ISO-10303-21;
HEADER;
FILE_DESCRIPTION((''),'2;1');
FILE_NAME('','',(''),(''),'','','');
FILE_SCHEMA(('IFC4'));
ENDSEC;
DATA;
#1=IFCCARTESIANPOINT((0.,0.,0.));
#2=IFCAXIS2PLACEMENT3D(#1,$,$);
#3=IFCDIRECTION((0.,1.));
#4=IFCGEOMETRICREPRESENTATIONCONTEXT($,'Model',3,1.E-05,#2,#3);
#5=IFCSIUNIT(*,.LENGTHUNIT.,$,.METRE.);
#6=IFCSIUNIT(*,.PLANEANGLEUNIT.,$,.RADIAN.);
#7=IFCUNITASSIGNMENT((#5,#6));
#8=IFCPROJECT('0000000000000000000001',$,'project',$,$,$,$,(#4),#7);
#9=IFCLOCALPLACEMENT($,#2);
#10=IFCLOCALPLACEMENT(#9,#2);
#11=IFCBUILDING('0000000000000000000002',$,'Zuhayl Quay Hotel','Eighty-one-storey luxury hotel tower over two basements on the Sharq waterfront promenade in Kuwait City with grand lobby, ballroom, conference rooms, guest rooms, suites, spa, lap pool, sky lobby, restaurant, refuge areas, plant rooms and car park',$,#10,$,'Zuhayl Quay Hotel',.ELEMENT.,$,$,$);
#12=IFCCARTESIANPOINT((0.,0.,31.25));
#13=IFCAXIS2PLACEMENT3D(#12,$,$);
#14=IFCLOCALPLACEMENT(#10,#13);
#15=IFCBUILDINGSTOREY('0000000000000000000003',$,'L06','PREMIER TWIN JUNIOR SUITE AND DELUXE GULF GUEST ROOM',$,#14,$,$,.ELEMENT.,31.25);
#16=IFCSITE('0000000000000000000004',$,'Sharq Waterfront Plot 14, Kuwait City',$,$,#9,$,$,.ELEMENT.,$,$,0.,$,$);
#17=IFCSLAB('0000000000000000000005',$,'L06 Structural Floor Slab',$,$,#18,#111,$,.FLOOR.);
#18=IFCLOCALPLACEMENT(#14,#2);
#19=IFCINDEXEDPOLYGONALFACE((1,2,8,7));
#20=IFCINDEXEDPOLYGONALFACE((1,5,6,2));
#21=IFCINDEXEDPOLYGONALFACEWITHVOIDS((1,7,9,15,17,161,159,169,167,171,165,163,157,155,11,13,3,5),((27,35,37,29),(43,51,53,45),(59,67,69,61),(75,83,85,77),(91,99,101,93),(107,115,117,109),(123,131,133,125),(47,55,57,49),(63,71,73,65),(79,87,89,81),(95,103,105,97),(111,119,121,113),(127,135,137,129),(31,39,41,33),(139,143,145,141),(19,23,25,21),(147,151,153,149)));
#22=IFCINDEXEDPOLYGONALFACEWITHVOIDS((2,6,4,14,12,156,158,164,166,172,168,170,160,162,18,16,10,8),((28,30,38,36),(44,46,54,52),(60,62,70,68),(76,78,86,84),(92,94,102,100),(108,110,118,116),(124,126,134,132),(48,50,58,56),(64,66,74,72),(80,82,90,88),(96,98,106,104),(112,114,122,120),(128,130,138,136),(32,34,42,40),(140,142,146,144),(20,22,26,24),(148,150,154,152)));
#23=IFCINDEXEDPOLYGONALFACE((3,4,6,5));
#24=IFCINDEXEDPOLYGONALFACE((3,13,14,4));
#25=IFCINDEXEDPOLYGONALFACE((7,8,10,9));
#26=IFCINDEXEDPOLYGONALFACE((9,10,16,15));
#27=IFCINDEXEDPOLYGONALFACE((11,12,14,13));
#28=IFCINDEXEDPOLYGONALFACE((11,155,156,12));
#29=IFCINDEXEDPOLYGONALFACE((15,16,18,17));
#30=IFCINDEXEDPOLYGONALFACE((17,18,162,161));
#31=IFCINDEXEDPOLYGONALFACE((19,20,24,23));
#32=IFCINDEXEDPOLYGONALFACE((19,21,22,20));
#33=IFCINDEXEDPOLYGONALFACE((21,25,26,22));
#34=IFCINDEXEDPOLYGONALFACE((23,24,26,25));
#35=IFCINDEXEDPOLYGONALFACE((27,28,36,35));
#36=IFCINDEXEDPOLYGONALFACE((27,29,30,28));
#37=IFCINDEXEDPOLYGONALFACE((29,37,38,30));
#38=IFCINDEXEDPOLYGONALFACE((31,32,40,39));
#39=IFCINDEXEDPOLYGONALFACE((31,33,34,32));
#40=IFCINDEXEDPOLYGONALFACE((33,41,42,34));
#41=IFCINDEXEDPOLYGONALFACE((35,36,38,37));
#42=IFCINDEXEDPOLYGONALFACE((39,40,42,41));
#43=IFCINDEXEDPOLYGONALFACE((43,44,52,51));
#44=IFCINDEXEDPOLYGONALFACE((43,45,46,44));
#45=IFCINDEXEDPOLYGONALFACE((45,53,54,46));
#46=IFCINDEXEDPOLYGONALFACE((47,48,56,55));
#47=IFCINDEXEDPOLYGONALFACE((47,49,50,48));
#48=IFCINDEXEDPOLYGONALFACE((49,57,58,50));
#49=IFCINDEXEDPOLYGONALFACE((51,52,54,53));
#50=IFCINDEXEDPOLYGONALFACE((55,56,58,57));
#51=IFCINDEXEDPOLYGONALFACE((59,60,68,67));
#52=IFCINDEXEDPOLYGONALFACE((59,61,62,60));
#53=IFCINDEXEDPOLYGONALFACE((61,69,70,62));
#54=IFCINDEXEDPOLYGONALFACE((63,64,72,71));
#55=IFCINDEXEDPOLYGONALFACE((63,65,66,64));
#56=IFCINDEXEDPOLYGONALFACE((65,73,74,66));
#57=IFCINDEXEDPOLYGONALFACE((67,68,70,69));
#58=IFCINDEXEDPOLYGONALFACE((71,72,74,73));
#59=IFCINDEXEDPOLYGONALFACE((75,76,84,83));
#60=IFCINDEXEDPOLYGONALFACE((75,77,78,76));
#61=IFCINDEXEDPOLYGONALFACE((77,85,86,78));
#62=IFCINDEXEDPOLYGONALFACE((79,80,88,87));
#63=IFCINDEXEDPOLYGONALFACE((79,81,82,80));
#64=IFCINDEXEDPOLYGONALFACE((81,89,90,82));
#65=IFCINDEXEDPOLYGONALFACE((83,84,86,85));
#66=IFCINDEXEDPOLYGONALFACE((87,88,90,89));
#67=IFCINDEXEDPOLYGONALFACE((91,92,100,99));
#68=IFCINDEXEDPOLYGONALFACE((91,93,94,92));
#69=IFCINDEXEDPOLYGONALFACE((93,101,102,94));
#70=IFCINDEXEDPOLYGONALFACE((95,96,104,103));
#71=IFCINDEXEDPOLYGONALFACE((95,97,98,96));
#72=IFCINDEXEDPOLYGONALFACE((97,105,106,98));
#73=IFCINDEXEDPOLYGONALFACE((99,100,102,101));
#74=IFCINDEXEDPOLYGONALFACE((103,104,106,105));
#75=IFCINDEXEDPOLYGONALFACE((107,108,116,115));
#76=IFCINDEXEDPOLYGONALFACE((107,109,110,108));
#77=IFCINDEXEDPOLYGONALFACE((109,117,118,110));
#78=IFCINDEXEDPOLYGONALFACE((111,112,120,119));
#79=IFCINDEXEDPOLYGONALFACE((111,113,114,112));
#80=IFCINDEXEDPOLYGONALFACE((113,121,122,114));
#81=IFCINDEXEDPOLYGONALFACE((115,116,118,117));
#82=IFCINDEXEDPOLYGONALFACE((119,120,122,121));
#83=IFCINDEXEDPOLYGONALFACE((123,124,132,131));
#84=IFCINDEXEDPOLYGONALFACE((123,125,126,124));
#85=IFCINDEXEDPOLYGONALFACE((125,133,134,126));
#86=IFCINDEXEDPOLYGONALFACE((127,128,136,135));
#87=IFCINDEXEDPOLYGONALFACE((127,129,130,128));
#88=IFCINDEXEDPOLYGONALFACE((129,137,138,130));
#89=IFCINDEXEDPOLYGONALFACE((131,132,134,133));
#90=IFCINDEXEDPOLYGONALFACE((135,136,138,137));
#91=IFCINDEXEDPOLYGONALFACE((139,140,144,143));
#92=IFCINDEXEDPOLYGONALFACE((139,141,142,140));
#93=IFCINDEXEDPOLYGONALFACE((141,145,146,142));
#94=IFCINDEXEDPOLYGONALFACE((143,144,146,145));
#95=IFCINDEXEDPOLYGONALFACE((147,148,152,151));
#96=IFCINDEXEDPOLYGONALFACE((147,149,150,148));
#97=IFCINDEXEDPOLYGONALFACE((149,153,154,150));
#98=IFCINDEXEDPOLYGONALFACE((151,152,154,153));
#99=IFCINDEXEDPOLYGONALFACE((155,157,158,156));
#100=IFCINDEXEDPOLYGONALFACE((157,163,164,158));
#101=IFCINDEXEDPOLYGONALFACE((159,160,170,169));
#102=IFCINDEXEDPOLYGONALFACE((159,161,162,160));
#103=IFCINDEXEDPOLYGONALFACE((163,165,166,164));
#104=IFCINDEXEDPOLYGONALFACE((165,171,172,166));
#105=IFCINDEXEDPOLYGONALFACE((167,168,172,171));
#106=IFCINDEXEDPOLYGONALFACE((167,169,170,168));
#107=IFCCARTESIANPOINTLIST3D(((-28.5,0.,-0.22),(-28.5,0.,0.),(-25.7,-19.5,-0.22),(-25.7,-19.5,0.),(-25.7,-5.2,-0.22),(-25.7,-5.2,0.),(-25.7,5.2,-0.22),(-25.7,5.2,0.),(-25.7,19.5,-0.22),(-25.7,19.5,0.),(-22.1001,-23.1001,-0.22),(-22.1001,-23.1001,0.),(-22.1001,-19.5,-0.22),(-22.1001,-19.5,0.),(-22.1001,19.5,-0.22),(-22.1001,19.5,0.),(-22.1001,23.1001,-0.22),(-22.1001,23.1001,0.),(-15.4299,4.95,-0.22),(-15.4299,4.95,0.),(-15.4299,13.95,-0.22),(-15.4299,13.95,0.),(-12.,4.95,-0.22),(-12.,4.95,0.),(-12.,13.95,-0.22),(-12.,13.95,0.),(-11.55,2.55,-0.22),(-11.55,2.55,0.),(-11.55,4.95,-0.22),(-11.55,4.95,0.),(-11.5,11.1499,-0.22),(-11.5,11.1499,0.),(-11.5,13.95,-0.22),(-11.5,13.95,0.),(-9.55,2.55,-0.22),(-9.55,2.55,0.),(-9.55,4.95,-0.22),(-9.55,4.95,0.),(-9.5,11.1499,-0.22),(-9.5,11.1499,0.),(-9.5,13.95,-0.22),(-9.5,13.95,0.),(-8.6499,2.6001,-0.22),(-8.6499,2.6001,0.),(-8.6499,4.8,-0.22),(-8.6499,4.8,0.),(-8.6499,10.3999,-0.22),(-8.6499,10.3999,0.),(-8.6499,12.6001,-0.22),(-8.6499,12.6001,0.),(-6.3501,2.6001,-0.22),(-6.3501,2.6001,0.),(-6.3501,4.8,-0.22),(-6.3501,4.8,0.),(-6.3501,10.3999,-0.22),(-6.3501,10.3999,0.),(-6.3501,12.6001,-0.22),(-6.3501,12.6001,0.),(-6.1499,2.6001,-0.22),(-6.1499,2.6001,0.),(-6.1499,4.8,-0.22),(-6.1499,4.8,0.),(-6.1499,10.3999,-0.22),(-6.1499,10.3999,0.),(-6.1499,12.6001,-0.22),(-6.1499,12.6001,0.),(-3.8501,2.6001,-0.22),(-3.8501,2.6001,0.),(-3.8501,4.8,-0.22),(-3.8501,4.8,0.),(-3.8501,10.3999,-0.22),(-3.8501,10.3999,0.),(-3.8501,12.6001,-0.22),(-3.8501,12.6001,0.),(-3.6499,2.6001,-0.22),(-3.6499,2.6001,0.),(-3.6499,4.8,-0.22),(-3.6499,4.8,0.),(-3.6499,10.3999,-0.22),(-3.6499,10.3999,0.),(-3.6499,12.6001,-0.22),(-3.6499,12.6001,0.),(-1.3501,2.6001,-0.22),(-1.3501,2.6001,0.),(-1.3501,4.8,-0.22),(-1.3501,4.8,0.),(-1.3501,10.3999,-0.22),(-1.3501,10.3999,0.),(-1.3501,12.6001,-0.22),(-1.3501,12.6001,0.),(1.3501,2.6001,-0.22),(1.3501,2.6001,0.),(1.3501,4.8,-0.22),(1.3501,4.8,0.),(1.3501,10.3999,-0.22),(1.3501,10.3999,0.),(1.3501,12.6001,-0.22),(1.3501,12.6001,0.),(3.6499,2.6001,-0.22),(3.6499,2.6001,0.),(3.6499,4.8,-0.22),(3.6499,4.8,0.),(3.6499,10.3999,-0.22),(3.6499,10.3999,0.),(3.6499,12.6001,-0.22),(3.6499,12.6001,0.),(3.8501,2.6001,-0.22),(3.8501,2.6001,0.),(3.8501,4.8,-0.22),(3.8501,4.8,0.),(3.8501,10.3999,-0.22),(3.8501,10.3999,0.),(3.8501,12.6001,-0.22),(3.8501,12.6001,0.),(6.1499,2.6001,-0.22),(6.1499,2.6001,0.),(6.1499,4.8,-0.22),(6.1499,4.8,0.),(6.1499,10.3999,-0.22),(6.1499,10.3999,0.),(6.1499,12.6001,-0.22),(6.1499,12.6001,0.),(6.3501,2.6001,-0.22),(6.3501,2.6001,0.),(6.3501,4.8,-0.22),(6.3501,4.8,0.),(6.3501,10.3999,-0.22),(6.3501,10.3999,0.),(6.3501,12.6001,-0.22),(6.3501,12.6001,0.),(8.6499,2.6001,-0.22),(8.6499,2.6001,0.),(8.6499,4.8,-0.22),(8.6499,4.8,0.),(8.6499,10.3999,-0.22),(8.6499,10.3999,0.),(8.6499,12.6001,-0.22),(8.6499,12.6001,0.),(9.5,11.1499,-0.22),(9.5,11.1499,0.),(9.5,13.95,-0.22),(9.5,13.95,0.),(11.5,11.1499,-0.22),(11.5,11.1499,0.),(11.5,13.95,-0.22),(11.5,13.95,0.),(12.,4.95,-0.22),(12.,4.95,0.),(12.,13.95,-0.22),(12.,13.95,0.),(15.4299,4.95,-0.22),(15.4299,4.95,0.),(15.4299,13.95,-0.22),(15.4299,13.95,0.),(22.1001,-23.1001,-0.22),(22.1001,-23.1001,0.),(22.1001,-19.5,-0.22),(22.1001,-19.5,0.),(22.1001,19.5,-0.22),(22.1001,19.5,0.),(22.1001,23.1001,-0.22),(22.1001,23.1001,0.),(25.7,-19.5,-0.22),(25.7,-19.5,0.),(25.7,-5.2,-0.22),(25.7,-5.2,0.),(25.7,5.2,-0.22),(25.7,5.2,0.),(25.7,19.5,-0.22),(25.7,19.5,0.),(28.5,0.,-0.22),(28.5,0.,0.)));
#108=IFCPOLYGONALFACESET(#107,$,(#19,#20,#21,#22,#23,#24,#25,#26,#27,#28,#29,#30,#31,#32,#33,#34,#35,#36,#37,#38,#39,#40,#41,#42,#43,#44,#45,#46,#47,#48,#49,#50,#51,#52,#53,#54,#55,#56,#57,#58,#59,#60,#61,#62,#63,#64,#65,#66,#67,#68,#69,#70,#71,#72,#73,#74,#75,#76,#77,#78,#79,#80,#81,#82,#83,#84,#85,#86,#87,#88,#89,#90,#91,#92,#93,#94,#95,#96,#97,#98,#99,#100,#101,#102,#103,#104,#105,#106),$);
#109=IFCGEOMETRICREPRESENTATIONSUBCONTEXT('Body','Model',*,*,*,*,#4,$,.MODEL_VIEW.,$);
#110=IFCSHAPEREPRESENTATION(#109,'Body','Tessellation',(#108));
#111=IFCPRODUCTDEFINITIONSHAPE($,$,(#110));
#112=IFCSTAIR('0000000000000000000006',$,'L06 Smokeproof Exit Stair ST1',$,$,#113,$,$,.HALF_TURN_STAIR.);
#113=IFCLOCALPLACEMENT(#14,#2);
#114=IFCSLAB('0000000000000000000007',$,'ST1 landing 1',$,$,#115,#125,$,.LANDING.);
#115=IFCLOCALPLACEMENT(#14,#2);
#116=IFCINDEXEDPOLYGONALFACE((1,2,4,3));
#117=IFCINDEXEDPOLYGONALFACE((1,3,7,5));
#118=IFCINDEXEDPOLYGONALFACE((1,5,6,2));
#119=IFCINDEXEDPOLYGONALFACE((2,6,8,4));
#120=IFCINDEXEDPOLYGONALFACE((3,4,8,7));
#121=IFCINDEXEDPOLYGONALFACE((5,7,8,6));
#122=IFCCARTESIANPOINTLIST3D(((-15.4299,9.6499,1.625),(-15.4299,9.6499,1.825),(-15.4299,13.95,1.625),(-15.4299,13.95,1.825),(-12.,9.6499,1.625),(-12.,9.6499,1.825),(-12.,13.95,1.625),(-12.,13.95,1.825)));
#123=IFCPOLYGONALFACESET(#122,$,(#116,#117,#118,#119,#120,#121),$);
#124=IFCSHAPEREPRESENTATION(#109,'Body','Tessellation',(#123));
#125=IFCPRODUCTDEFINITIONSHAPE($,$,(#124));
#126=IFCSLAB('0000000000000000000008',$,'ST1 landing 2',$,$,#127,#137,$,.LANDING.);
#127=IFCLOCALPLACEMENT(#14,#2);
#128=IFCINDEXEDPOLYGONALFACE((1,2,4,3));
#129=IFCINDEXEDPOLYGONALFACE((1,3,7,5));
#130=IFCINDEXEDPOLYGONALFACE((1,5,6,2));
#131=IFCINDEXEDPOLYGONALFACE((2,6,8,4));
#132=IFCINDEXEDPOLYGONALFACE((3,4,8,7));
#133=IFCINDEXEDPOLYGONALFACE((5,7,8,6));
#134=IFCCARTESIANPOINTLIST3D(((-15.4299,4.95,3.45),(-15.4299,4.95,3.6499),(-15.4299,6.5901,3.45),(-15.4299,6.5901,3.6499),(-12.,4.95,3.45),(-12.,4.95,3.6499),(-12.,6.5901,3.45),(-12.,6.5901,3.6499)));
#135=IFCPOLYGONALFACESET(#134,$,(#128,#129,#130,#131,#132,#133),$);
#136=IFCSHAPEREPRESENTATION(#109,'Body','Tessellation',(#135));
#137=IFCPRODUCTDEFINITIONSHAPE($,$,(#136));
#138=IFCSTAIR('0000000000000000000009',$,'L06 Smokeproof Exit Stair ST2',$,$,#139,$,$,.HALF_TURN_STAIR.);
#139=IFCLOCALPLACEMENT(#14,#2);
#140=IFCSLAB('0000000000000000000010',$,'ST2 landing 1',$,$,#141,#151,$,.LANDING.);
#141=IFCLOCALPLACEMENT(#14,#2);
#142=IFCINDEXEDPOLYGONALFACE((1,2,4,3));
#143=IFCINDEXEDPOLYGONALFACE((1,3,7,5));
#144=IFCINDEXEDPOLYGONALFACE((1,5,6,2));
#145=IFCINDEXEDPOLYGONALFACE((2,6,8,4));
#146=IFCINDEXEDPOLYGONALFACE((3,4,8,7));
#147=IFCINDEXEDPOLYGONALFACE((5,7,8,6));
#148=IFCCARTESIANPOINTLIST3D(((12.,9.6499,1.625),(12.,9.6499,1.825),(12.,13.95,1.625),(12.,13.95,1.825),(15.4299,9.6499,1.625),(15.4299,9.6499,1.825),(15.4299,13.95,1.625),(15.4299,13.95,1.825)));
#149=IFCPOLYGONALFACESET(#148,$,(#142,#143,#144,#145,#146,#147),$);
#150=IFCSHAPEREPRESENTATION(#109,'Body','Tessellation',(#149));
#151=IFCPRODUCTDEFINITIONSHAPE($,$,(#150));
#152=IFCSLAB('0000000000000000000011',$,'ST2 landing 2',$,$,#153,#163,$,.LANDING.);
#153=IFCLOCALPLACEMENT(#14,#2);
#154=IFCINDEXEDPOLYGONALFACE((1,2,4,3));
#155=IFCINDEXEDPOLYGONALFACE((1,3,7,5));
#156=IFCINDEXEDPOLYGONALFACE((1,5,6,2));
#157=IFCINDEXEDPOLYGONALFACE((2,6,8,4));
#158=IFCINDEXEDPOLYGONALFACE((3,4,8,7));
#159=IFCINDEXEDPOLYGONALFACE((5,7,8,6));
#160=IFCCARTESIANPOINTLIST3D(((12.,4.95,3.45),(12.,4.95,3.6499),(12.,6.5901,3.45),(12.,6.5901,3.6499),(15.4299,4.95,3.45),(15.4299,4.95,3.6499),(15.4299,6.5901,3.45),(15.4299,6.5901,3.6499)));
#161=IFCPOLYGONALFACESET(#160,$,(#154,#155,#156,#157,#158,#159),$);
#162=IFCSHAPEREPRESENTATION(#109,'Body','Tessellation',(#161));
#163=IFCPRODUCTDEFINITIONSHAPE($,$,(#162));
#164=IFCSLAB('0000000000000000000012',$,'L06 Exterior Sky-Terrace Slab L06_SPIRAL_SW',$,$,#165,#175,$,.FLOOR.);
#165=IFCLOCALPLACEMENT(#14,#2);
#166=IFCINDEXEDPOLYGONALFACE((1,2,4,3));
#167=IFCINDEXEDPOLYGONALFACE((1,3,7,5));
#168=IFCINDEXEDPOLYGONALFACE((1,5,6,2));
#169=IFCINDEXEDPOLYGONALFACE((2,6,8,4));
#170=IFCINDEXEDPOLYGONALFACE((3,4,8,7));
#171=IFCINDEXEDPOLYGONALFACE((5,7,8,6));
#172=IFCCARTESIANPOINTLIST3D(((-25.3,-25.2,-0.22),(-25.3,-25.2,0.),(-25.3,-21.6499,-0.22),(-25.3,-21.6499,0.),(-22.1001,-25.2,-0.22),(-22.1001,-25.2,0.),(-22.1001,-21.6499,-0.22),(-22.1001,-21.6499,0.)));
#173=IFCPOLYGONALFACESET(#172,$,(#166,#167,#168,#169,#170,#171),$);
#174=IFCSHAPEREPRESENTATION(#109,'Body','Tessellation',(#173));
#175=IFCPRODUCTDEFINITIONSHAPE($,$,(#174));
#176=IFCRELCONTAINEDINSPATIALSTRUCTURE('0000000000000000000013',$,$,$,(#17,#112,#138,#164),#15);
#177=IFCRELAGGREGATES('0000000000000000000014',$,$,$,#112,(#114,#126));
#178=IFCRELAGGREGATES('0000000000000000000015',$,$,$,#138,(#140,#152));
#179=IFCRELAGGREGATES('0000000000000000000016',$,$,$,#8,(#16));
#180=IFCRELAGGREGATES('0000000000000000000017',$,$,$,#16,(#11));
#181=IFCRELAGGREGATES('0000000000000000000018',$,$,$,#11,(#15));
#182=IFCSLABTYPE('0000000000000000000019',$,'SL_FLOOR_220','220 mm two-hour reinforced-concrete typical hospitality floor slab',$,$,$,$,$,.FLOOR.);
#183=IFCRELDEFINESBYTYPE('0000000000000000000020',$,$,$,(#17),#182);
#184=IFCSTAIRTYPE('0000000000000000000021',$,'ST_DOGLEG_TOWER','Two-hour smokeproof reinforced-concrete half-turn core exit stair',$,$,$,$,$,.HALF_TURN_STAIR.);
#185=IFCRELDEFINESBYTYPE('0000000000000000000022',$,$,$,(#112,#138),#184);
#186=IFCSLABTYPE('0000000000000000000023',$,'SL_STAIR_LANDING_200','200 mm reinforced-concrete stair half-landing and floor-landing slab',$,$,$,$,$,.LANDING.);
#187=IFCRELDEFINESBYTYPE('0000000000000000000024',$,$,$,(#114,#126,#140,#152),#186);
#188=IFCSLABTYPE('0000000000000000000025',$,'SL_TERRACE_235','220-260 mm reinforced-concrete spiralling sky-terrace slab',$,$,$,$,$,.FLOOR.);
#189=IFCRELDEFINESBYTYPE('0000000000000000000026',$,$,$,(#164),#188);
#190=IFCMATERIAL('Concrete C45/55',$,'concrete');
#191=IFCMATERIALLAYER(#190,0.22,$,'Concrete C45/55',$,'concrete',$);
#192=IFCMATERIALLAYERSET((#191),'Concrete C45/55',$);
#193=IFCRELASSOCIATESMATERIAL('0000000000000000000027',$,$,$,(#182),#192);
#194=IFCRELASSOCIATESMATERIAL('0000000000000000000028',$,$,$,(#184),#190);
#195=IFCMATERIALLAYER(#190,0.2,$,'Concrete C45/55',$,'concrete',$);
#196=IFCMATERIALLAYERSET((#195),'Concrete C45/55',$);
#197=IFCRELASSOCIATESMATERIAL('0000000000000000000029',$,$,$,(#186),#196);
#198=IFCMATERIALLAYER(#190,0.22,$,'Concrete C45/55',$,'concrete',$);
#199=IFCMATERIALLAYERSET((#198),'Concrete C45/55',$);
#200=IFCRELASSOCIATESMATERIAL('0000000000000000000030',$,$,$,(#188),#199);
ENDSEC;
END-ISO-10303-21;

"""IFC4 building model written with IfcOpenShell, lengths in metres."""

from ifc_helpers import new_model, si_unit, direction, frame, origin, place, context, subcontext, project, spatial, polyline, outline, extrude, material, layer, layer_set, type_object, element, aggregate, save


model = new_model("IFC4")

# Units and contexts
model_context = context("Model", 3, precision=1e-05, world=origin(), true_north=direction((0.0, 1.0)))
body_context = subcontext(model_context, "Body", "Model", "MODEL_VIEW")
ifc_project = project(units=[si_unit("LENGTHUNIT", "METRE"), si_unit("PLANEANGLEUNIT", "RADIAN")], contexts=[model_context])

# Site, building, storey
site_placement = place(None, origin())
site = spatial("IfcSite", under=ifc_project, at=site_placement, Name="Sharq Waterfront Plot 14, Kuwait City", CompositionType="ELEMENT", RefElevation=0.0)
building_placement = place(site_placement, origin())
building = spatial("IfcBuilding", under=site, at=building_placement, Name="Zuhayl Quay Hotel", Description="Eighty-one-storey luxury hotel tower over two basements on the Sharq waterfront promenade in Kuwait City with grand lobby, ballroom, conference rooms, guest rooms, suites, spa, lap pool, sky lobby, restaurant, refuge areas, plant rooms and car park", LongName="Zuhayl Quay Hotel", CompositionType="ELEMENT")
storey_placement = place(building_placement, frame((0.0, 0.0, 31.25)))
storey = spatial("IfcBuildingStorey", under=building, at=storey_placement, Name="L06", Description="PREMIER TWIN JUNIOR SUITE AND DELUXE GULF GUEST ROOM", CompositionType="ELEMENT", Elevation=31.25)

# Slab
ifc_material_1 = material(Name="Concrete C45/55", Category="concrete")
ifc_layer_1 = layer(ifc_material_1, 0.22, Name="Concrete C45/55", Category="concrete")
ifc_layer_set_1 = layer_set([ifc_layer_1], Name="Concrete C45/55")
slab_type_1 = type_object("IfcSlabType", Name="SL_FLOOR_220", Description="220 mm two-hour reinforced-concrete typical hospitality floor slab", PredefinedType="FLOOR", material=ifc_layer_set_1)
slab_1_placement = place(storey_placement, frame((0.0, 0.0, -0.22)))
element("IfcSlab", 1, at=slab_1_placement, inside=storey, type_object=slab_type_1, Name="L06 Structural Floor Slab", PredefinedType="FLOOR", context=body_context, shape_type="SweptSolid", body=[
    extrude(outline(polyline([(-22.1001, -23.1001), (22.1001, -23.1001), (22.1001, -19.5), (25.7, -19.5), (25.7, -5.2), (28.5, 0.0), (25.7, 5.2), (25.7, 19.5), (22.1001, 19.5), (22.1001, 23.1001), (-22.1001, 23.1001), (-22.1001, 19.5), (-25.7, 19.5), (-25.7, 5.2), (-28.5, 0.0), (-25.7, -5.2), (-25.7, -19.5), (-22.1001, -19.5), (-22.1001, -23.1001)]), holes=[polyline([(-12.0, 4.95), (-12.0, 13.95), (-15.4299, 13.95), (-15.4299, 4.95), (-12.0, 4.95)]), polyline([(15.4299, 4.95), (15.4299, 13.95), (12.0, 13.95), (12.0, 4.95), (15.4299, 4.95)]), polyline([(-11.5, 11.1499), (-9.5, 11.1499), (-9.5, 13.95), (-11.5, 13.95), (-11.5, 11.1499)]), polyline([(9.5, 11.1499), (11.5, 11.1499), (11.5, 13.95), (9.5, 13.95), (9.5, 11.1499)]), polyline([(-8.6499, 2.6001), (-6.3501, 2.6001), (-6.3501, 4.8), (-8.6499, 4.8), (-8.6499, 2.6001)]), polyline([(-6.1499, 2.6001), (-3.8501, 2.6001), (-3.8501, 4.8), (-6.1499, 4.8), (-6.1499, 2.6001)]), polyline([(-8.6499, 10.3999), (-6.3501, 10.3999), (-6.3501, 12.6001), (-8.6499, 12.6001), (-8.6499, 10.3999)]), polyline([(-6.1499, 10.3999), (-3.8501, 10.3999), (-3.8501, 12.6001), (-6.1499, 12.6001), (-6.1499, 10.3999)]), polyline([(-3.6499, 2.6001), (-1.3501, 2.6001), (-1.3501, 4.8), (-3.6499, 4.8), (-3.6499, 2.6001)]), polyline([(1.3501, 2.6001), (3.6499, 2.6001), (3.6499, 4.8), (1.3501, 4.8), (1.3501, 2.6001)]), polyline([(-3.6499, 10.3999), (-1.3501, 10.3999), (-1.3501, 12.6001), (-3.6499, 12.6001), (-3.6499, 10.3999)]), polyline([(1.3501, 10.3999), (3.6499, 10.3999), (3.6499, 12.6001), (1.3501, 12.6001), (1.3501, 10.3999)]), polyline([(3.8501, 2.6001), (6.1499, 2.6001), (6.1499, 4.8), (3.8501, 4.8), (3.8501, 2.6001)]), polyline([(6.3501, 2.6001), (8.6499, 2.6001), (8.6499, 4.8), (6.3501, 4.8), (6.3501, 2.6001)]), polyline([(3.8501, 10.3999), (6.1499, 10.3999), (6.1499, 12.6001), (3.8501, 12.6001), (3.8501, 10.3999)]), polyline([(6.3501, 10.3999), (8.6499, 10.3999), (8.6499, 12.6001), (6.3501, 12.6001), (6.3501, 10.3999)]), polyline([(-11.55, 2.55), (-9.55, 2.55), (-9.55, 4.95), (-11.55, 4.95), (-11.55, 2.55)])]), origin(), (0.0, 0.0, 1.0), 0.22),
])

# Stairs, slabs
stair_type = type_object("IfcStairType", Name="ST_DOGLEG_TOWER", Description="Two-hour smokeproof reinforced-concrete half-turn core exit stair", PredefinedType="HALF_TURN_STAIR", material=ifc_material_1)
stair_1_placement = place(storey_placement, origin())
stair_1 = element("IfcStair", 2, at=stair_1_placement, inside=storey, type_object=stair_type, Name="L06 Smokeproof Exit Stair ST1", PredefinedType="HALF_TURN_STAIR")
ifc_layer_2 = layer(ifc_material_1, 0.2, Name="Concrete C45/55", Category="concrete")
ifc_layer_set_2 = layer_set([ifc_layer_2], Name="Concrete C45/55")
slab_type_2 = type_object("IfcSlabType", Name="SL_STAIR_LANDING_200", Description="200 mm reinforced-concrete stair half-landing and floor-landing slab", PredefinedType="LANDING", material=ifc_layer_set_2)
slab_2_placement = place(storey_placement, frame((0.0, 0.0, 1.625)))
slab_2 = element("IfcSlab", 3, at=slab_2_placement, type_object=slab_type_2, Name="ST1 landing 1", PredefinedType="LANDING", context=body_context, shape_type="SweptSolid", body=[
    extrude(outline(polyline([(-12.0, 9.6499), (-12.0, 13.95), (-15.4299, 13.95), (-15.4299, 9.6499), (-12.0, 9.6499)])), origin(), (0.0, 0.0, 1.0), 0.2),
])
slab_3_placement = place(storey_placement, frame((0.0, 0.0, 3.45)))
slab_3 = element("IfcSlab", 4, at=slab_3_placement, type_object=slab_type_2, Name="ST1 landing 2", PredefinedType="LANDING", context=body_context, shape_type="SweptSolid", body=[
    extrude(outline(polyline([(-12.0, 4.95), (-12.0, 6.5901), (-15.4299, 6.5901), (-15.4299, 4.95), (-12.0, 4.95)])), origin(), (0.0, 0.0, 1.0), 0.2),
])
aggregate(stair_1, [slab_2, slab_3])
stair_2_placement = place(storey_placement, origin())
stair_2 = element("IfcStair", 5, at=stair_2_placement, inside=storey, type_object=stair_type, Name="L06 Smokeproof Exit Stair ST2", PredefinedType="HALF_TURN_STAIR")
slab_4_placement = place(storey_placement, frame((0.0, 0.0, 1.625)))
slab_4 = element("IfcSlab", 6, at=slab_4_placement, type_object=slab_type_2, Name="ST2 landing 1", PredefinedType="LANDING", context=body_context, shape_type="SweptSolid", body=[
    extrude(outline(polyline([(15.4299, 9.6499), (15.4299, 13.95), (12.0, 13.95), (12.0, 9.6499), (15.4299, 9.6499)])), origin(), (0.0, 0.0, 1.0), 0.2),
])
slab_5_placement = place(storey_placement, frame((0.0, 0.0, 3.45)))
slab_5 = element("IfcSlab", 7, at=slab_5_placement, type_object=slab_type_2, Name="ST2 landing 2", PredefinedType="LANDING", context=body_context, shape_type="SweptSolid", body=[
    extrude(outline(polyline([(15.4299, 4.95), (15.4299, 6.5901), (12.0, 6.5901), (12.0, 4.95), (15.4299, 4.95)])), origin(), (0.0, 0.0, 1.0), 0.2),
])
aggregate(stair_2, [slab_4, slab_5])

# Slab
ifc_layer_3 = layer(ifc_material_1, 0.22, Name="Concrete C45/55", Category="concrete")
ifc_layer_set_3 = layer_set([ifc_layer_3], Name="Concrete C45/55")
slab_type_3 = type_object("IfcSlabType", Name="SL_TERRACE_235", Description="220-260 mm reinforced-concrete spiralling sky-terrace slab", PredefinedType="FLOOR", material=ifc_layer_set_3)
slab_6_placement = place(storey_placement, frame((0.0, 0.0, -0.22)))
element("IfcSlab", 8, at=slab_6_placement, inside=storey, type_object=slab_type_3, Name="L06 Exterior Sky-Terrace Slab L06_SPIRAL_SW", PredefinedType="FLOOR", context=body_context, shape_type="SweptSolid", body=[
    extrude(outline(polyline([(-25.3, -25.2), (-22.1001, -25.2), (-22.1001, -21.6499), (-25.3, -21.6499), (-25.3, -25.2)])), origin(), (0.0, 0.0, 1.0), 0.22),
])

save(model, "model.ifc")
